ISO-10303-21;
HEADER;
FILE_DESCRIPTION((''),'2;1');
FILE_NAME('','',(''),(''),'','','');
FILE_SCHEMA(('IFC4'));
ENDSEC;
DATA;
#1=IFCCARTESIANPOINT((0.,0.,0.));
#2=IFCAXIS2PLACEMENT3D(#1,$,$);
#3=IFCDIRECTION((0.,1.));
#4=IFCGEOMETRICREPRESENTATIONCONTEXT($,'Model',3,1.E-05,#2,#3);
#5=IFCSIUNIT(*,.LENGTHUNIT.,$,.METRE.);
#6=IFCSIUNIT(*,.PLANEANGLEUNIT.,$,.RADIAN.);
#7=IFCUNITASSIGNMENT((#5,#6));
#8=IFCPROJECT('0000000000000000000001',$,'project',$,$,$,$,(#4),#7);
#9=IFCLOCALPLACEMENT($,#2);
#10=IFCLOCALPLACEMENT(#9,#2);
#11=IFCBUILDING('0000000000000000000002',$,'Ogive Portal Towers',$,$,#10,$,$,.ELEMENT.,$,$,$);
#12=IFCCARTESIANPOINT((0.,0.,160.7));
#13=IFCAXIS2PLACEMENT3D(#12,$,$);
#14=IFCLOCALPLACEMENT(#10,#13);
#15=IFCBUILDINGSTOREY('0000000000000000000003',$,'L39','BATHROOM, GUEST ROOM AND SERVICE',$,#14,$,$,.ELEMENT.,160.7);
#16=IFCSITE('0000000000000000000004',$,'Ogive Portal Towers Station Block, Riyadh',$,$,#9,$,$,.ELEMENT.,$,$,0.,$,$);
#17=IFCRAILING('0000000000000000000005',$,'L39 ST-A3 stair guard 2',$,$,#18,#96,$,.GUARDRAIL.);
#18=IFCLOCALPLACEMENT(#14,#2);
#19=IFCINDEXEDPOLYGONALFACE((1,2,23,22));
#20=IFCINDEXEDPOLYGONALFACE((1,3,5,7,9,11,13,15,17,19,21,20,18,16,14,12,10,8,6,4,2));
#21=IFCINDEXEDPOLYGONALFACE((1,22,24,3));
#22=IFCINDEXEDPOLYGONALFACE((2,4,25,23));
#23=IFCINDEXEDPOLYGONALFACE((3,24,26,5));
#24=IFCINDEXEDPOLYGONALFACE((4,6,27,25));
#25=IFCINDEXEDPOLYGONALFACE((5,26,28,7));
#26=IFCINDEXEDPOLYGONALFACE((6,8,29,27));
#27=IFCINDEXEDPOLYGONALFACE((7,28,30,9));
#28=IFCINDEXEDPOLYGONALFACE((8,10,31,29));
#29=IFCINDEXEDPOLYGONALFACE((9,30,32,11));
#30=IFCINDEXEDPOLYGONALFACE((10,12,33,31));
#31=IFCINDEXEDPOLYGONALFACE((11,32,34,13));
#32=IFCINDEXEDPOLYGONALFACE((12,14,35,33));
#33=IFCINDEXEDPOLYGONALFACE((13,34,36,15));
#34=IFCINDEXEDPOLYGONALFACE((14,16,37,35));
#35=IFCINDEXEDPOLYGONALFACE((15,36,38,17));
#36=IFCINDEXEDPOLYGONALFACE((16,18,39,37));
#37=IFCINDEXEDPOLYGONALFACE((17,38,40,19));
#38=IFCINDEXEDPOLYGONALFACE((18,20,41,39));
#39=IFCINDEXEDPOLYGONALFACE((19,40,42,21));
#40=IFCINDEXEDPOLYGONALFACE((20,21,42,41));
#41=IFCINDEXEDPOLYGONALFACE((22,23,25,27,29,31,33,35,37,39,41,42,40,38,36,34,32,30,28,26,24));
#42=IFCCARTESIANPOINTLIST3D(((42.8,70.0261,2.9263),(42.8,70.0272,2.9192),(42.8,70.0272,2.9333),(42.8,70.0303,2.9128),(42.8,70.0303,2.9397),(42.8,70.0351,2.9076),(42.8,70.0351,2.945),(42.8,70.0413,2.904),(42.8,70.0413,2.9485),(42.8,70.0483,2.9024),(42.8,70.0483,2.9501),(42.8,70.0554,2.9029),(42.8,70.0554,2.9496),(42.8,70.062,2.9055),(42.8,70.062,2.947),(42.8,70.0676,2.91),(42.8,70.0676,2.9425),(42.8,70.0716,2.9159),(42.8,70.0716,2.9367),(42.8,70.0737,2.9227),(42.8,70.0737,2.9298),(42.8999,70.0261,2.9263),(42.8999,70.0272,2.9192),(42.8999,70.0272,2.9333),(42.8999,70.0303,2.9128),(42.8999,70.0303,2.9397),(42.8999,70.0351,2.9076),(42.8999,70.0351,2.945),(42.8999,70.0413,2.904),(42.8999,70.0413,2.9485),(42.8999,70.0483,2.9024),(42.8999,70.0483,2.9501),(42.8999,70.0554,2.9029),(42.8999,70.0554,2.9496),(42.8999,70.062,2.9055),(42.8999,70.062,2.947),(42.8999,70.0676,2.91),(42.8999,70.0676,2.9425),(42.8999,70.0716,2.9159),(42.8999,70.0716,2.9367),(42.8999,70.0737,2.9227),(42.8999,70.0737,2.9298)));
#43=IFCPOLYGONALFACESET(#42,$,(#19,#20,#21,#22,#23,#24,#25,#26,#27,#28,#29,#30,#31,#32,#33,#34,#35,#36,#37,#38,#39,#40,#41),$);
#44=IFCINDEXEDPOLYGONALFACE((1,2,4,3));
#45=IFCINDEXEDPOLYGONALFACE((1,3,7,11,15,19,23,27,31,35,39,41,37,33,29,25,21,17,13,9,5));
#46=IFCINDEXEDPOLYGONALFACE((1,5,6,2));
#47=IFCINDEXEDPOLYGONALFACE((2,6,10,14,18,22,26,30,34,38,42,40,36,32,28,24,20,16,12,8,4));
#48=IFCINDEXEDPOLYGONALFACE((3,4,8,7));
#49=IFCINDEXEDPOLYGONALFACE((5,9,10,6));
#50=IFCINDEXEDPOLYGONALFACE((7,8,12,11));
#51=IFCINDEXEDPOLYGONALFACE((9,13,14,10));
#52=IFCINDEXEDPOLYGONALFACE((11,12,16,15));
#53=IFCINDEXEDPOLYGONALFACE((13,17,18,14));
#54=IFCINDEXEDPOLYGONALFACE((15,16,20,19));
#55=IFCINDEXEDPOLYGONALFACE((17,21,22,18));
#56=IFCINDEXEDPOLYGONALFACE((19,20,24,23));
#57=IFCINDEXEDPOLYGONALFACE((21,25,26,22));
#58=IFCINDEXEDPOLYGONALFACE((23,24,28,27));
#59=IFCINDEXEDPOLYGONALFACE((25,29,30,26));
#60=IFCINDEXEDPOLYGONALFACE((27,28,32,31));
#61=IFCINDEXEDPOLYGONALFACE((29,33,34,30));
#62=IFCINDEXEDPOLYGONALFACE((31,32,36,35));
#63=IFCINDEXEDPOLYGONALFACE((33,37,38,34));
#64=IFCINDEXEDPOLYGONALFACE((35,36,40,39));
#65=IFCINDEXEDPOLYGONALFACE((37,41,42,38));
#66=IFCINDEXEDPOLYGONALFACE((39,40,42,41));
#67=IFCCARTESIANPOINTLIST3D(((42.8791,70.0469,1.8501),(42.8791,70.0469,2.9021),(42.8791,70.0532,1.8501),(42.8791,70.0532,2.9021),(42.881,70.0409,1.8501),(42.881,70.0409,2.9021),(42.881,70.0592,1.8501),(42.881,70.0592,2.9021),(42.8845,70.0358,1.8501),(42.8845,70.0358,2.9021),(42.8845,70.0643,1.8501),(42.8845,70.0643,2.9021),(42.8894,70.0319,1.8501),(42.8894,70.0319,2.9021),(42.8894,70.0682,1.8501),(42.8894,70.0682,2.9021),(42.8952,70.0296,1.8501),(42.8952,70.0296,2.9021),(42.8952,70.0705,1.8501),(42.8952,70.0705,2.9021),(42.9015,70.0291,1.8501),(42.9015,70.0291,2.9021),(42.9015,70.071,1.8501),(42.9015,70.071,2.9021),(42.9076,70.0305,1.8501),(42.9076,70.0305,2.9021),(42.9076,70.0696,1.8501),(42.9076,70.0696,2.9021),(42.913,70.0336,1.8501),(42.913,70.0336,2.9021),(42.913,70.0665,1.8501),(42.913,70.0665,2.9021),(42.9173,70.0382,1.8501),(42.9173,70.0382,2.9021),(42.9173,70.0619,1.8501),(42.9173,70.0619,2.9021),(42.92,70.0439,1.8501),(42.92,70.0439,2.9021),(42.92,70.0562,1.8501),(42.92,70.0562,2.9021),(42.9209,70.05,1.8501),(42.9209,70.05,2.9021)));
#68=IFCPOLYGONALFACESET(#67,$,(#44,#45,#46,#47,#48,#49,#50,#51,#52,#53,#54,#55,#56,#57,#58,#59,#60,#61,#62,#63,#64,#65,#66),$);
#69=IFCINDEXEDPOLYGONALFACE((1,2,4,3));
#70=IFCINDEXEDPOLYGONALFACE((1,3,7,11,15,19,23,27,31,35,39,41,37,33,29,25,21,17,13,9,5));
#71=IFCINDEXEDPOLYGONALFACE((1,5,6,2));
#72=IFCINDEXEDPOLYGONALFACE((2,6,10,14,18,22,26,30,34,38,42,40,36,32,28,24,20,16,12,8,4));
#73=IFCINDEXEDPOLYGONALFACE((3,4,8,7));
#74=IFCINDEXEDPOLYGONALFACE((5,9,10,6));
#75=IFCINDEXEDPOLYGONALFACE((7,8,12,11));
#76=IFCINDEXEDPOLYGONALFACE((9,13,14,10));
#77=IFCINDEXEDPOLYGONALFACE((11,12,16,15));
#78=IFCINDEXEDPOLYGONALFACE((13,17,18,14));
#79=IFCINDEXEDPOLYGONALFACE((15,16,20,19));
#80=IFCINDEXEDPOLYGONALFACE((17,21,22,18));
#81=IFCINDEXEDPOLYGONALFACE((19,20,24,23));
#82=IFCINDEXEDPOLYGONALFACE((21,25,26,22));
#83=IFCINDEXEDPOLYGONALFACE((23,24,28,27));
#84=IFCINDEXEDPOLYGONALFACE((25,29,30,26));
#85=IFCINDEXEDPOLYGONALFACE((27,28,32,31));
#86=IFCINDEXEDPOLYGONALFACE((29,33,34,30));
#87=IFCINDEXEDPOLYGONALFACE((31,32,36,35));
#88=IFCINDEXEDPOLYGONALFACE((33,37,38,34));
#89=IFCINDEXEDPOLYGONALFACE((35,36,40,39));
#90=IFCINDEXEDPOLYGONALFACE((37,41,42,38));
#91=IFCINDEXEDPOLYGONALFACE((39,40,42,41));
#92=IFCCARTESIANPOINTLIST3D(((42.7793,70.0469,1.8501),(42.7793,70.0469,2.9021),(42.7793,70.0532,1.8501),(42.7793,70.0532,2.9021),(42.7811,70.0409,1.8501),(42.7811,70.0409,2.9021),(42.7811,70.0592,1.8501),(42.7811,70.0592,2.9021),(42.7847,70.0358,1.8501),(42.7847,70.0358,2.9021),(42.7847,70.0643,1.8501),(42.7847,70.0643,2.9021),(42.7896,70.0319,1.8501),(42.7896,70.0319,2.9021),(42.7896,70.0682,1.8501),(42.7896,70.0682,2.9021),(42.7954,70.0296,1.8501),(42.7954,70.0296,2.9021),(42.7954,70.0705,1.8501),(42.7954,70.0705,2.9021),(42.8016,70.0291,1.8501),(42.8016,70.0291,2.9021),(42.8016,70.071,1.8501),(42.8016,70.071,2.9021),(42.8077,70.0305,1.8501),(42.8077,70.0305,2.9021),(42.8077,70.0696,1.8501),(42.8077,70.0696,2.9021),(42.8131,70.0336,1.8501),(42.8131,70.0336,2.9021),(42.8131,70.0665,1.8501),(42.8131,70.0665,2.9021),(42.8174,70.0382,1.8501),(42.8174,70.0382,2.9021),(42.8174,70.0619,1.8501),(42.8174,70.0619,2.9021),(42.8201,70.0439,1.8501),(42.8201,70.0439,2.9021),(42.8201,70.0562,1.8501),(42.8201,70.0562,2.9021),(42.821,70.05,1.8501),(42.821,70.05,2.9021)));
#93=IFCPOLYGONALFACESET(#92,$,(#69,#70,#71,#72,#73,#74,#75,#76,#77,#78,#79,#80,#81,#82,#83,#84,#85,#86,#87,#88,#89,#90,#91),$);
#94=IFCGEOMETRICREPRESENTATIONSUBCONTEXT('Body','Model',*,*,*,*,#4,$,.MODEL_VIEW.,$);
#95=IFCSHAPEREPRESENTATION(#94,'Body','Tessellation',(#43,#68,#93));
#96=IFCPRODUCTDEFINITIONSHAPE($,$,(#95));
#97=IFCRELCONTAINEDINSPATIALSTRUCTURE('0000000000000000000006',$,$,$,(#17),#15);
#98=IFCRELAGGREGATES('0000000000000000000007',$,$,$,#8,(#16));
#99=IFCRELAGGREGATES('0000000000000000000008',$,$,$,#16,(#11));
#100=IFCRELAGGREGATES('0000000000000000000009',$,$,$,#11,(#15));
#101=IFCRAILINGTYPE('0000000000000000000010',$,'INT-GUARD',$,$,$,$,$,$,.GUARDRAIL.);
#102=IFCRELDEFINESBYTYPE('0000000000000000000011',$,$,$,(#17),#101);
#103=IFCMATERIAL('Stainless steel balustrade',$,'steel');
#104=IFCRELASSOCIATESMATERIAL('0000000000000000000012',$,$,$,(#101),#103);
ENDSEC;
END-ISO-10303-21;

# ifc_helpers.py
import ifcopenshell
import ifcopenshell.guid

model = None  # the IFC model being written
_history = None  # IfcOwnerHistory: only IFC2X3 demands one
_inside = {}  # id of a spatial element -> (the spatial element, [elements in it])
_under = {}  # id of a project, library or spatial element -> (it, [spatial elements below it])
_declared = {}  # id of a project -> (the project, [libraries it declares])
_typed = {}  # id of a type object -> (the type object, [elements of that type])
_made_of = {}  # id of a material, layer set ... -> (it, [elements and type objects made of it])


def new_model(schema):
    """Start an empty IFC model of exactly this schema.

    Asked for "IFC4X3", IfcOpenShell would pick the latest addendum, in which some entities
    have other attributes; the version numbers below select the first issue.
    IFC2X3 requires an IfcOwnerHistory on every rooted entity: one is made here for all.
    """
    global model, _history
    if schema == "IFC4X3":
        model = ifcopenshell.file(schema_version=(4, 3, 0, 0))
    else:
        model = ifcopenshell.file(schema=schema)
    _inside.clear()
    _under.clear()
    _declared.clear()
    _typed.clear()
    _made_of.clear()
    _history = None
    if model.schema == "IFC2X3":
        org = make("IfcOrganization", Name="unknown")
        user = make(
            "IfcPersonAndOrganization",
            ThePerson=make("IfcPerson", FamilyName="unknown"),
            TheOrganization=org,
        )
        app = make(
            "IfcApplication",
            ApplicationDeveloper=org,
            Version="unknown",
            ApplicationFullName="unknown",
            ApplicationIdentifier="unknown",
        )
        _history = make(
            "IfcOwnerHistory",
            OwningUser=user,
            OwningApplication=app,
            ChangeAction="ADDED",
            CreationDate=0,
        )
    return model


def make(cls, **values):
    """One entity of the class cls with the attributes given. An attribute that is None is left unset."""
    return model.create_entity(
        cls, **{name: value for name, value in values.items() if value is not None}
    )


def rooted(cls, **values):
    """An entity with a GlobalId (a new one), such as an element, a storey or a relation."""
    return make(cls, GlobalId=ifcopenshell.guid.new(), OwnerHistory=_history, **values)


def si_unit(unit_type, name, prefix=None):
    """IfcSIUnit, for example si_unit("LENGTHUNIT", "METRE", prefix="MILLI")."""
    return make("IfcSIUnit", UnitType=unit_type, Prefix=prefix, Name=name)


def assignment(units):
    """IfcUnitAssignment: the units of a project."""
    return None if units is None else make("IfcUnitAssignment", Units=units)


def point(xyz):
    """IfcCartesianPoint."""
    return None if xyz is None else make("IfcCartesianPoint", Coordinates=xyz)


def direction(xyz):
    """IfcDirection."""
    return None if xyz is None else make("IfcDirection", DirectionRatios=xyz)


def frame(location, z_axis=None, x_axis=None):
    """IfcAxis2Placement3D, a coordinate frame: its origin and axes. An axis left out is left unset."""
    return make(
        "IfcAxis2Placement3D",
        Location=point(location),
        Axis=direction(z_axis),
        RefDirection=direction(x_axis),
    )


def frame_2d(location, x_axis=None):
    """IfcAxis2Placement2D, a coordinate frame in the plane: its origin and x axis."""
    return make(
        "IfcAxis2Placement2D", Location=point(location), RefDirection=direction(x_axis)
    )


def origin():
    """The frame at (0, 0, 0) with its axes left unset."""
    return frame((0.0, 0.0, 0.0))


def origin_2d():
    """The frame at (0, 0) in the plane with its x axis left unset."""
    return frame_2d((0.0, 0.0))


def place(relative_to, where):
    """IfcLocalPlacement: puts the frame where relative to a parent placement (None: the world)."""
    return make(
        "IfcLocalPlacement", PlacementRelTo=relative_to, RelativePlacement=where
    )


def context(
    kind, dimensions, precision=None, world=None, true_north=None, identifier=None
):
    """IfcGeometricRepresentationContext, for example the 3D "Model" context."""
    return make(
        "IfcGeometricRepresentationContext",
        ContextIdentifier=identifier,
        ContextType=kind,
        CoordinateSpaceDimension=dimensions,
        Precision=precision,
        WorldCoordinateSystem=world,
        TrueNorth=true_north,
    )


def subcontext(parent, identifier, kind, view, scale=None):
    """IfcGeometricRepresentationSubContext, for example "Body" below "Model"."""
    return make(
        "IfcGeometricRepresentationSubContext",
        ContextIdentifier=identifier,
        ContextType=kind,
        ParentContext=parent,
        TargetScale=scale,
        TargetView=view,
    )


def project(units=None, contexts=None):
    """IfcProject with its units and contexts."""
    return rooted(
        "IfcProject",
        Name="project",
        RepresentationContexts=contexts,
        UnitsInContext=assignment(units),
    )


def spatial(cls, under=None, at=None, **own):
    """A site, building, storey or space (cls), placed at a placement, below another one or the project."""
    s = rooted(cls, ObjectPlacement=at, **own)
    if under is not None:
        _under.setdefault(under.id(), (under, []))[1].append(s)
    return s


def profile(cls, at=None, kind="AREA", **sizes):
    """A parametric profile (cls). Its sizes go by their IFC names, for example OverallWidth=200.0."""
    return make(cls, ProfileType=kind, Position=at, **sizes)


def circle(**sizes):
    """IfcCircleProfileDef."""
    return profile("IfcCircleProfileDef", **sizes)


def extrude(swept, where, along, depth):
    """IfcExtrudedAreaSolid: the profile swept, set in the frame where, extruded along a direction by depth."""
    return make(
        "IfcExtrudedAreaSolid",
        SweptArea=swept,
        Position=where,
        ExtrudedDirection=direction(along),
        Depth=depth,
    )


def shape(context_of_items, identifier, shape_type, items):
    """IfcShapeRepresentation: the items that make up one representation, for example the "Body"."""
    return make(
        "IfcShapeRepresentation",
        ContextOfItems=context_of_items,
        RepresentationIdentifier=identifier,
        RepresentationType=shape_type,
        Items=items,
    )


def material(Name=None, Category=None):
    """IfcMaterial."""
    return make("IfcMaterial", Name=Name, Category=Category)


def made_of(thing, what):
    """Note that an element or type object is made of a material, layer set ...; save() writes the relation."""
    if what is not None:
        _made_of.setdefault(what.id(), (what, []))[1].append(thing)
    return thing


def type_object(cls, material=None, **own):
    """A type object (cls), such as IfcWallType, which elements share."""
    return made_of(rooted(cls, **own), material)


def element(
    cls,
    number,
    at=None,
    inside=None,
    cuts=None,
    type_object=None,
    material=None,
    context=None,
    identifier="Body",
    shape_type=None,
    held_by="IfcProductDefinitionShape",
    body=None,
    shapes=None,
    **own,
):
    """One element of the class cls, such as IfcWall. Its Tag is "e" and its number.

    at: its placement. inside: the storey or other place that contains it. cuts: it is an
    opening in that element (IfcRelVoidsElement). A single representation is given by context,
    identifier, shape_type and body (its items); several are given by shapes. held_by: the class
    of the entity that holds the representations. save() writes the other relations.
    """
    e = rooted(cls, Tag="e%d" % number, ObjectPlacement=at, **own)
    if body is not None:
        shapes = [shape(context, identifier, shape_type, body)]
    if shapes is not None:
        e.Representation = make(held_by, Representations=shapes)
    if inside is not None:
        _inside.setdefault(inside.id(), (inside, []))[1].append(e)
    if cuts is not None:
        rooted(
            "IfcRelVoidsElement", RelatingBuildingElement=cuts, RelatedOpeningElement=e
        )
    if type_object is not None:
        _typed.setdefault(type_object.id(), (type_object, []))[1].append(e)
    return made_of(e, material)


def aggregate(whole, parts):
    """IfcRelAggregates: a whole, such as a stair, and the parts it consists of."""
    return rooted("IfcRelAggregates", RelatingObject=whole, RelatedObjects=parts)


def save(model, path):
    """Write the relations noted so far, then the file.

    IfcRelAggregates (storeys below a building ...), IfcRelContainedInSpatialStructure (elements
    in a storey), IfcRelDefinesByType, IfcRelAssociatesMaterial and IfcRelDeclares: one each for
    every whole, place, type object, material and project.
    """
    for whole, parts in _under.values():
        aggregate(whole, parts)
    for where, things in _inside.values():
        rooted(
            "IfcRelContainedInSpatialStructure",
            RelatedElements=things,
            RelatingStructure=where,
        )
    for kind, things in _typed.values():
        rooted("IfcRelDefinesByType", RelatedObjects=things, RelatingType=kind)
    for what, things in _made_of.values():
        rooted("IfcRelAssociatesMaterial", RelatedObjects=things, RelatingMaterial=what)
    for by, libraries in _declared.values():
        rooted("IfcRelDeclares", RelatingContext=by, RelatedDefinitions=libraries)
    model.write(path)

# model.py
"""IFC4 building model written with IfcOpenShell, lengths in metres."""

from ifc_helpers import new_model, si_unit, direction, frame, origin, origin_2d, place, context, subcontext, project, spatial, circle, extrude, material, type_object, element, save


model = new_model("IFC4")

# Units and contexts
model_context = context("Model", 3, precision=1e-05, world=origin(), true_north=direction((0.0, 1.0)))
body_context = subcontext(model_context, "Body", "Model", "MODEL_VIEW")
ifc_project = project(units=[si_unit("LENGTHUNIT", "METRE"), si_unit("PLANEANGLEUNIT", "RADIAN")], contexts=[model_context])

# Site, building, storey
site_placement = place(None, origin())
site = spatial("IfcSite", under=ifc_project, at=site_placement, Name="Ogive Portal Towers Station Block, Riyadh", CompositionType="ELEMENT", RefElevation=0.0)
building_placement = place(site_placement, origin())
building = spatial("IfcBuilding", under=site, at=building_placement, Name="Ogive Portal Towers", CompositionType="ELEMENT")
storey_placement = place(building_placement, frame((0.0, 0.0, 160.7)))
storey = spatial("IfcBuildingStorey", under=building, at=storey_placement, Name="L39", Description="BATHROOM, GUEST ROOM AND SERVICE", CompositionType="ELEMENT", Elevation=160.7)

# Railing
ifc_material_1 = material(Name="Stainless steel balustrade", Category="steel")
railing_type_1 = type_object("IfcRailingType", Name="INT-GUARD", PredefinedType="GUARDRAIL", material=ifc_material_1)
railing_1_placement = place(storey_placement, frame((42.8999, 70.05, 1.8501)))
element("IfcRailing", 1, at=railing_1_placement, inside=storey, type_object=railing_type_1, Name="L39 ST-A3 stair guard 2", PredefinedType="GUARDRAIL", context=body_context, shape_type="SweptSolid", body=[
    extrude(circle(Radius=0.0239, at=origin_2d()), frame((0.0, 0.0, 1.0762), z_axis=(-1.0, 0.0, 0.0), x_axis=(0.0, -1.0, 0.0)), (0.0, 0.0, 1.0), 0.0999),
    extrude(circle(Radius=0.021, at=origin_2d()), origin(), (0.0, 0.0, 1.0), 1.052),
    extrude(circle(Radius=0.021, at=origin_2d()), frame((-0.0999, 0.0, 0.0)), (0.0, 0.0, 1.0), 1.052),
])

save(model, "model.ifc")
